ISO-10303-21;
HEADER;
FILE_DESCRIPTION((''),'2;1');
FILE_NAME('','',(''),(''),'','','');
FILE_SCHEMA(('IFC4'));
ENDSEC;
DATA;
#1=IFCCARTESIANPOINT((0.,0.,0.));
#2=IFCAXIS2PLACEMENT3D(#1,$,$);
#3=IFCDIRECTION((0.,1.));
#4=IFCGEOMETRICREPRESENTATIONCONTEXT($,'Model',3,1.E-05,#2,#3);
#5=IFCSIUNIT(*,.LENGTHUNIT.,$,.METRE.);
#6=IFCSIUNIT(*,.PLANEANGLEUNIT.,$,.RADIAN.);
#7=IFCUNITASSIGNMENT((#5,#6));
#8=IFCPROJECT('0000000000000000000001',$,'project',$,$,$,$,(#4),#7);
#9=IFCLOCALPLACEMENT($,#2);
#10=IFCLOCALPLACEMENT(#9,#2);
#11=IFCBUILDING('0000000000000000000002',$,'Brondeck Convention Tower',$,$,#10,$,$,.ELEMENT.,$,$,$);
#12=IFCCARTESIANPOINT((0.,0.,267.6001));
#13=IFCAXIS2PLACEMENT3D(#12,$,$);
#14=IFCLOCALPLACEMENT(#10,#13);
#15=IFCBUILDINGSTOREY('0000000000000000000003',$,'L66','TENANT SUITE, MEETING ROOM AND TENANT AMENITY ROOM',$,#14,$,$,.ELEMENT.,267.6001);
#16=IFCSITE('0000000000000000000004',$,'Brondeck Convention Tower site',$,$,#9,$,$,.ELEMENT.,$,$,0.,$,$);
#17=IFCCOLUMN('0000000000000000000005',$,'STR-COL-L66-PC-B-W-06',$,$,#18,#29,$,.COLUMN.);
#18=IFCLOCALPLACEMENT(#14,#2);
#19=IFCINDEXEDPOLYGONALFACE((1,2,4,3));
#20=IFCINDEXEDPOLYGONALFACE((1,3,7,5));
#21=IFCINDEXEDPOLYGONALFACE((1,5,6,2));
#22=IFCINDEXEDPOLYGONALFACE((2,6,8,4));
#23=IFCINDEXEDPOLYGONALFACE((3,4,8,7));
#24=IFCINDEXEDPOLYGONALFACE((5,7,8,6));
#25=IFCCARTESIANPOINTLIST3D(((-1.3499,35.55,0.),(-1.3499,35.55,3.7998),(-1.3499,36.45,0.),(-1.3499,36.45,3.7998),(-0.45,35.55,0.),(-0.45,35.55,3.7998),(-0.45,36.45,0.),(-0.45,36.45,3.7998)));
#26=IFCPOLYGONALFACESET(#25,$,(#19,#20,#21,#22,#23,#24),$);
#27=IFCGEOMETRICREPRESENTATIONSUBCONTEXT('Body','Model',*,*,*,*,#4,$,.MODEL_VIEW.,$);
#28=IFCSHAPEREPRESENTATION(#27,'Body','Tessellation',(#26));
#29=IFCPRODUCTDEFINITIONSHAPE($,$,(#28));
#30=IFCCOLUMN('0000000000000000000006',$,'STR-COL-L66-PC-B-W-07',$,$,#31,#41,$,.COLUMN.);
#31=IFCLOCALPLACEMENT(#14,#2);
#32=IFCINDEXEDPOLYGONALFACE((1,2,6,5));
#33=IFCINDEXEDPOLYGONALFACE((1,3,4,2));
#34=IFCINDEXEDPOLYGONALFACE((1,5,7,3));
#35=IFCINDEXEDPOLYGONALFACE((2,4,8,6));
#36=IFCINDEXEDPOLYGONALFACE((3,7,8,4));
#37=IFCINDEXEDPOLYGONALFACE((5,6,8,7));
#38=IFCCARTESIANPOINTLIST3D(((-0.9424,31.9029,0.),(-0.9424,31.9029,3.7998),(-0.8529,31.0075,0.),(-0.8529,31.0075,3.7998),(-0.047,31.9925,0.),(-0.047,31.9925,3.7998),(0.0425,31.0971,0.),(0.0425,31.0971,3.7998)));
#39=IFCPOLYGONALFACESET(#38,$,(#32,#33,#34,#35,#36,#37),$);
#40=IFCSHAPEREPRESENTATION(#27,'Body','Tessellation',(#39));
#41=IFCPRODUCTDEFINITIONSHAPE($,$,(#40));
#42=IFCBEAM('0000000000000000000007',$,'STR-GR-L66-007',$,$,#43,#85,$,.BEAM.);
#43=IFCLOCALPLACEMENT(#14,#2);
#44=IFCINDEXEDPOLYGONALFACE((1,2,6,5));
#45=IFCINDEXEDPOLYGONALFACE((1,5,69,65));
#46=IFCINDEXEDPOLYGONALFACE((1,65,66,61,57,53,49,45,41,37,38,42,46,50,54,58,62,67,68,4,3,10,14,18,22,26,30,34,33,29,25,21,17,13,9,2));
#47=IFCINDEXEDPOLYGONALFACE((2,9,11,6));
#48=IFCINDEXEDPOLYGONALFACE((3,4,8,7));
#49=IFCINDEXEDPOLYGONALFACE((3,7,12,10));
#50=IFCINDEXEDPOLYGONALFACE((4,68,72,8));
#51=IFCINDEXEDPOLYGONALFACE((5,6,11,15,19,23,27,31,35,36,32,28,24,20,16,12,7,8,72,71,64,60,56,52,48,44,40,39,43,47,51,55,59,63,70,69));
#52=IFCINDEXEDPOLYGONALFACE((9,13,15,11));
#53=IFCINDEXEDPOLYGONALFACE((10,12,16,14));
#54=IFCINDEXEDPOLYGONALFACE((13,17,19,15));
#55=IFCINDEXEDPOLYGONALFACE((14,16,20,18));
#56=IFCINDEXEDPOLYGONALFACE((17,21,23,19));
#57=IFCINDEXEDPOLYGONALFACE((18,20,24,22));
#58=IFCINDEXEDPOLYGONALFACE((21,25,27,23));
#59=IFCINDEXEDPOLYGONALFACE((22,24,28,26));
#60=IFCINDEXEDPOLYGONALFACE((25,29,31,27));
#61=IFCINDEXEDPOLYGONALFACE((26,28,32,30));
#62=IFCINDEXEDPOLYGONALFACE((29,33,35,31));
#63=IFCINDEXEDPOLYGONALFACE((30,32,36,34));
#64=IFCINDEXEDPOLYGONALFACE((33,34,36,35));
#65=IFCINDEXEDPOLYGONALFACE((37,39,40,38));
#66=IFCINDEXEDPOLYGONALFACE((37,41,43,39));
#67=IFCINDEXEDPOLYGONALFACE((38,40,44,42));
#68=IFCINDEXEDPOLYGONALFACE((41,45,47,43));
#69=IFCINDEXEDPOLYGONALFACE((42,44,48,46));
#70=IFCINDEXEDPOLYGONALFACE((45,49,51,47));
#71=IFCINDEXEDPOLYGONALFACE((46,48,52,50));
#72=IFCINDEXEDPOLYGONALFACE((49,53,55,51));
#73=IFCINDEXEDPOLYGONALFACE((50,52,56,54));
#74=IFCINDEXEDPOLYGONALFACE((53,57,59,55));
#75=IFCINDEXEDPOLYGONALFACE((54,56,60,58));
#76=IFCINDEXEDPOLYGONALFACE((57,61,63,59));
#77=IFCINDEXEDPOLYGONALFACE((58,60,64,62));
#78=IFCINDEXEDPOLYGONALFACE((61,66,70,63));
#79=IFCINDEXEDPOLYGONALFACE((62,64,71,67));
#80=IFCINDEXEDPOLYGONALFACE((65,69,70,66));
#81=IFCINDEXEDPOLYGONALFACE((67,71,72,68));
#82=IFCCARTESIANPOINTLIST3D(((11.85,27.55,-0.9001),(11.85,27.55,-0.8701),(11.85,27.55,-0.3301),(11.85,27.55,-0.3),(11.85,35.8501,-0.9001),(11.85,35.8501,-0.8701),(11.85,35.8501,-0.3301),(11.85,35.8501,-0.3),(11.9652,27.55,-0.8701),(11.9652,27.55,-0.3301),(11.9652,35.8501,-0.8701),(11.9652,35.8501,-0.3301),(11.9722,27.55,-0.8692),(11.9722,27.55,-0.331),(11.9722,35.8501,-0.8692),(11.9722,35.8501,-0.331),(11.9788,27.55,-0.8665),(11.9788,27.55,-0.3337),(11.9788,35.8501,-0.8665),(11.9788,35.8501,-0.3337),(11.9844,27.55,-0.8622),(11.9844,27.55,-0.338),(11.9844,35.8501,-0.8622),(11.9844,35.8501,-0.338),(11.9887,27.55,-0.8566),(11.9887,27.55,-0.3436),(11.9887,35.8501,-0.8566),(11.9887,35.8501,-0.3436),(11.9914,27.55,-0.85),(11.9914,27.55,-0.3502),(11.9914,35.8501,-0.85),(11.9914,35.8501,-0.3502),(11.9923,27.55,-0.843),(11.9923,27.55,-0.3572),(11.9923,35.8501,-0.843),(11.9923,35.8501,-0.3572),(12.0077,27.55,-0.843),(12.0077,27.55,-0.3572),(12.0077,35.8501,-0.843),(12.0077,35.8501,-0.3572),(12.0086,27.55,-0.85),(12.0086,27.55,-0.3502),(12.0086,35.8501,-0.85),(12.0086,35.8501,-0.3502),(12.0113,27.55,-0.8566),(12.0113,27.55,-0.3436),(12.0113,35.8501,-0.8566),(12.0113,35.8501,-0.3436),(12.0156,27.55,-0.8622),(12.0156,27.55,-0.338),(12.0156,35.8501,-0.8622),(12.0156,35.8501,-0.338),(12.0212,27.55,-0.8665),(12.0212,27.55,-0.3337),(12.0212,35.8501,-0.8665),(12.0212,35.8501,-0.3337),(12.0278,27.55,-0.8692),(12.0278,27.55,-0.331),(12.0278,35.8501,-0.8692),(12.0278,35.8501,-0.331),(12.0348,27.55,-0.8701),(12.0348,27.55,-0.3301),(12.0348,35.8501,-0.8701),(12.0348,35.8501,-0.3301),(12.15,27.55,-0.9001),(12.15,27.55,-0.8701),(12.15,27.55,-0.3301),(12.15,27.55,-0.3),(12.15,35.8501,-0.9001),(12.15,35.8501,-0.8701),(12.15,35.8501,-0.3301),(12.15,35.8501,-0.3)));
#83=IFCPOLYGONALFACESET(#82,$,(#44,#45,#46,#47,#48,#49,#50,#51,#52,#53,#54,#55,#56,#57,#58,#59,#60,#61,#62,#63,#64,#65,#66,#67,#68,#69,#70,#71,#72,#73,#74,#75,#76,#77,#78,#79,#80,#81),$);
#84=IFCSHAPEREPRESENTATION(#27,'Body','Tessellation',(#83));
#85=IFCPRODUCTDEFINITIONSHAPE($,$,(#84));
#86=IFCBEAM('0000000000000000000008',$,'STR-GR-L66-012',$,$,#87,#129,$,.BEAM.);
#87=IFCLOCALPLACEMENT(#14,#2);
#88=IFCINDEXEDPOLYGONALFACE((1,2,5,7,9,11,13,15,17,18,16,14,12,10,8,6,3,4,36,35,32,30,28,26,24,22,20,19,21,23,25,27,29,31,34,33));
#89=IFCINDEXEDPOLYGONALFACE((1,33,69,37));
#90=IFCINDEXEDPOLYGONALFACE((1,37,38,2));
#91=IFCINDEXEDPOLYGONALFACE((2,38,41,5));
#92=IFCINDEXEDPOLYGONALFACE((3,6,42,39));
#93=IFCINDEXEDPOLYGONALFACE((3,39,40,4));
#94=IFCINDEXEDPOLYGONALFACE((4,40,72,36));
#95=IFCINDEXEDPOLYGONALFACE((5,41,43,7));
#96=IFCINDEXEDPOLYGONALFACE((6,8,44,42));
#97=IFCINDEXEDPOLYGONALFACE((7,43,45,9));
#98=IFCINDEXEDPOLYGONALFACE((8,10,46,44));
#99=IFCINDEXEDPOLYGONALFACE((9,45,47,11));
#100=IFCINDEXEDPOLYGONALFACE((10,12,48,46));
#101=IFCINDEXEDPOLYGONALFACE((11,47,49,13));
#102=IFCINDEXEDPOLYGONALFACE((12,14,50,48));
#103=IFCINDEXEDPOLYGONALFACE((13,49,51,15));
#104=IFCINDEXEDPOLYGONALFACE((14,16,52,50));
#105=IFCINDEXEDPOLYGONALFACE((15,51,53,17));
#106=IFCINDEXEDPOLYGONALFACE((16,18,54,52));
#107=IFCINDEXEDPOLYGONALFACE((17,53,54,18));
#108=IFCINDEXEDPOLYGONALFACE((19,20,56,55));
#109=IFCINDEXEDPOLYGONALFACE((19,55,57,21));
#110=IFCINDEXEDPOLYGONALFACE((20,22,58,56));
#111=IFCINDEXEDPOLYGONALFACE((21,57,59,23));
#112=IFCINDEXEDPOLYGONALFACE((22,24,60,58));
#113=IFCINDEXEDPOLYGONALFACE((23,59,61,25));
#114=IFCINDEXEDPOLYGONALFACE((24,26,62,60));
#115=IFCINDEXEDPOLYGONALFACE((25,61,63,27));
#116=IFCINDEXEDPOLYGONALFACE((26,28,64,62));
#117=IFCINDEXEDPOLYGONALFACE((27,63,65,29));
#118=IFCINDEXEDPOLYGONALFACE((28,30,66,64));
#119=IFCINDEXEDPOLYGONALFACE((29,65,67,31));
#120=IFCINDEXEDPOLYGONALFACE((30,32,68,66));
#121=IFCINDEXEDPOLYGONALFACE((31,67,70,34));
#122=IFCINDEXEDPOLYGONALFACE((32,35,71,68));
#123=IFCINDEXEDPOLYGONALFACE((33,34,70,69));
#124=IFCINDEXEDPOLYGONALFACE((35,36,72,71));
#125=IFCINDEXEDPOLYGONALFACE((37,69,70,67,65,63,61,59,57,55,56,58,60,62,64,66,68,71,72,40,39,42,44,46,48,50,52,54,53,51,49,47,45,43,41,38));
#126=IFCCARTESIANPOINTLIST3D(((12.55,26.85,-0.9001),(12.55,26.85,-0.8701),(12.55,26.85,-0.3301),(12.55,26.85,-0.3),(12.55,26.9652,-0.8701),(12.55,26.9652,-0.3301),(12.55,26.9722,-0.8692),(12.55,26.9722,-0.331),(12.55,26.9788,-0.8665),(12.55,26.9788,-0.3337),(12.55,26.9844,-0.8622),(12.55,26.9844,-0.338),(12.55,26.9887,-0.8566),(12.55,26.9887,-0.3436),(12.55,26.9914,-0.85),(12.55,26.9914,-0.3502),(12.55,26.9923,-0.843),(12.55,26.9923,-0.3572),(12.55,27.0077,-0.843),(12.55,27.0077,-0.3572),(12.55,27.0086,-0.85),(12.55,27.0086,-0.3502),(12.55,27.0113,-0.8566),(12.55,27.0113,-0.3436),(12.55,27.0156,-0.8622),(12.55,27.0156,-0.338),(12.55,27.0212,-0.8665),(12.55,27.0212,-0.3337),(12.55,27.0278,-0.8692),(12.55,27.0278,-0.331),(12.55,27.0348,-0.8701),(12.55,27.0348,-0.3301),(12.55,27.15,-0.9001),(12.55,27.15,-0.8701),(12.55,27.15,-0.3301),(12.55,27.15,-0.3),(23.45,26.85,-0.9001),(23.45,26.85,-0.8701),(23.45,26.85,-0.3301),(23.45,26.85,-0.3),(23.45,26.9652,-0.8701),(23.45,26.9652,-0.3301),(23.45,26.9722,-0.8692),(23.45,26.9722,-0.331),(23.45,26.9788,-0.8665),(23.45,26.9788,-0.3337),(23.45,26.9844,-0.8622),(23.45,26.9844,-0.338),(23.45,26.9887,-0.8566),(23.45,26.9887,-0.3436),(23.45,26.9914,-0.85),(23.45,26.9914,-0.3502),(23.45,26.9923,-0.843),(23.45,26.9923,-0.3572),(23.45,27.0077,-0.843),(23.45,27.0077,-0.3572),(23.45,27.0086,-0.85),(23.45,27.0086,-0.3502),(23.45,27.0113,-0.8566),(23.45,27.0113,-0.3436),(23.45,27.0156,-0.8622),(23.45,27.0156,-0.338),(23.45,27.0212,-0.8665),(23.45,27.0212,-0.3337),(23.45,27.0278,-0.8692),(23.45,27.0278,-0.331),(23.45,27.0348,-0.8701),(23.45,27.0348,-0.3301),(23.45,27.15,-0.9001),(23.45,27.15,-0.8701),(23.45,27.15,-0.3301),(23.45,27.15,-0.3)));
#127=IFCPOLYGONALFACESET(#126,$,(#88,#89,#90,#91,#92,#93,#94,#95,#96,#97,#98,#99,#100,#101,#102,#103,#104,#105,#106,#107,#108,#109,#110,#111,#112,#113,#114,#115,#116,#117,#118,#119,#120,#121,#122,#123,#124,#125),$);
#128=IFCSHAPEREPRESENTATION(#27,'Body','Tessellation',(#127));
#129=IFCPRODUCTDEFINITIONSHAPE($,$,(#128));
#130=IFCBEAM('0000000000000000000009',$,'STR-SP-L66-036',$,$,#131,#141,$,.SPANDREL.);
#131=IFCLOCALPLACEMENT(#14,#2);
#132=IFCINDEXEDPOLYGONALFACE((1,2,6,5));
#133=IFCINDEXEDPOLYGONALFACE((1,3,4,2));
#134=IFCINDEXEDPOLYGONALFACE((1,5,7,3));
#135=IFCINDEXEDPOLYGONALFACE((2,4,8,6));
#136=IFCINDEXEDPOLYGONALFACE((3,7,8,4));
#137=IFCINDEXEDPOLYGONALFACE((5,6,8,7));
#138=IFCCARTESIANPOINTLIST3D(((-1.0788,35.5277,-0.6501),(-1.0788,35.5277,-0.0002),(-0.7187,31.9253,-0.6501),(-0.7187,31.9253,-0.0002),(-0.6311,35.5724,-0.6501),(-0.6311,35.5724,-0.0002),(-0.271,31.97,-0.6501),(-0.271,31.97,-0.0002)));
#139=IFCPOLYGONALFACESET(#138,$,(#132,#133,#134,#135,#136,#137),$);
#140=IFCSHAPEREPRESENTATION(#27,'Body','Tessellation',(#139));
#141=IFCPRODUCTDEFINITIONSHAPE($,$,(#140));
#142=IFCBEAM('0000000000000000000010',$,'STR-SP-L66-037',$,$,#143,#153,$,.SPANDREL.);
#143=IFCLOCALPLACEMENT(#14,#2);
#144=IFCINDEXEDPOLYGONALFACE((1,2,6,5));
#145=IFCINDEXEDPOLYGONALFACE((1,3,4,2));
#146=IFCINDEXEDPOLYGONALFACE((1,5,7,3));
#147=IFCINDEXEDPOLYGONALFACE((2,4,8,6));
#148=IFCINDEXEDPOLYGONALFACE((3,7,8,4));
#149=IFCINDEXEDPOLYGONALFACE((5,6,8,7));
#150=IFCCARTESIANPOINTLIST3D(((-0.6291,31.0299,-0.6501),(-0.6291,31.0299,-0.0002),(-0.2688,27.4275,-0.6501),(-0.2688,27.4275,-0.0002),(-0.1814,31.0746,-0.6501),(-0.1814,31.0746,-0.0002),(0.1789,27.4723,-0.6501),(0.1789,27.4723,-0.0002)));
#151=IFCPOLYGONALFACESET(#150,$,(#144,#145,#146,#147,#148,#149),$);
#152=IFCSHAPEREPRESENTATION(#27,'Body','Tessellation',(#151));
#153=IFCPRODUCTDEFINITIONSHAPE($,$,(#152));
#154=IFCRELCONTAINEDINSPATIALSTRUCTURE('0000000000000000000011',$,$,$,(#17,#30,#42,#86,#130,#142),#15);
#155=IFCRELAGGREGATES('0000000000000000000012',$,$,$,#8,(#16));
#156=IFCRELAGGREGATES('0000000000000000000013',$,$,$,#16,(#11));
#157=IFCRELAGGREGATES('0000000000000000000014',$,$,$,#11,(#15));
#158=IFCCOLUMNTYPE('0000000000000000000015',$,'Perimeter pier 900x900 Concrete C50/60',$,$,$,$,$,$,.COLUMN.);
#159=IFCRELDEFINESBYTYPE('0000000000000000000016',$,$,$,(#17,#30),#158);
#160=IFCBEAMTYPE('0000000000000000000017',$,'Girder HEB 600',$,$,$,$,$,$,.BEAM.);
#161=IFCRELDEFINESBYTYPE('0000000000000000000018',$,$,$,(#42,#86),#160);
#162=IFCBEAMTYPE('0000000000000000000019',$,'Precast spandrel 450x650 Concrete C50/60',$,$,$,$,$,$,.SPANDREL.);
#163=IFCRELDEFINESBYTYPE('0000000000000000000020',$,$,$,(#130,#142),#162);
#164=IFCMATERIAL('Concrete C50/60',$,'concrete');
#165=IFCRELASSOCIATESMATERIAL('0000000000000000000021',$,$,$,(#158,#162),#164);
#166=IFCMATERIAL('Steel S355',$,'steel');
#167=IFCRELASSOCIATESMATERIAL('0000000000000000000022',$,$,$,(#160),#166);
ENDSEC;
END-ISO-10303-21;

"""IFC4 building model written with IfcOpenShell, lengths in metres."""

from ifc_helpers import new_model, si_unit, direction, frame, origin, origin_2d, place, context, subcontext, project, spatial, rectangle, i_section, extrude, material, material_profile, profile_set, type_object, element, save


model = new_model("IFC4")

# Units and contexts
model_context = context("Model", 3, precision=1e-05, world=origin(), true_north=direction((0.0, 1.0)))
body_context = subcontext(model_context, "Body", "Model", "MODEL_VIEW")
ifc_project = project(units=[si_unit("LENGTHUNIT", "METRE"), si_unit("PLANEANGLEUNIT", "RADIAN")], contexts=[model_context])

# Site, building, storey
site_placement = place(None, origin())
site = spatial("IfcSite", under=ifc_project, at=site_placement, Name="Brondeck Convention Tower site", CompositionType="ELEMENT", RefElevation=0.0)
building_placement = place(site_placement, origin())
building = spatial("IfcBuilding", under=site, at=building_placement, Name="Brondeck Convention Tower", CompositionType="ELEMENT")
storey_placement = place(building_placement, frame((0.0, 0.0, 267.6001)))
storey = spatial("IfcBuildingStorey", under=building, at=storey_placement, Name="L66", Description="TENANT SUITE, MEETING ROOM AND TENANT AMENITY ROOM", CompositionType="ELEMENT", Elevation=267.6001)

# Columns
ifc_material_1 = material(Name="Concrete C50/60", Category="concrete")
ifc_material_profile_1 = material_profile(ifc_material_1, rectangle(XDim=0.8999, YDim=0.8999, at=origin_2d()), Name="Perimeter pier 900x900 Concrete C50/60")
ifc_profile_set_1 = profile_set([ifc_material_profile_1], Name="Concrete C50/60")
column_type = type_object("IfcColumnType", Name="Perimeter pier 900x900 Concrete C50/60", PredefinedType="COLUMN", material=ifc_profile_set_1)
for number, where, z_axis, x_axis, name in (
    (1, (-0.8999, 36.0, 0.0), (0.0, 0.0, 1.0), (0.0, -1.0, 0.0), "STR-COL-L66-PC-B-W-06"),
    (2, (-0.45, 31.5, 0.0), (0.0, 0.0, 1.0), (0.099504, -0.995037, 0.0), "STR-COL-L66-PC-B-W-07"),
):
    element("IfcColumn", number, at=place(storey_placement, frame(where, z_axis=z_axis, x_axis=x_axis)), inside=storey, type_object=column_type, Name=name, PredefinedType="COLUMN", context=body_context, shape_type="SweptSolid", body=[
        extrude(rectangle(XDim=0.8999, YDim=0.8999, at=origin_2d()), origin(), (0.0, 0.0, 1.0), 3.7998),
    ])

# Beams
ifc_material_2 = material(Name="Steel S355", Category="steel")
ifc_material_profile_2 = material_profile(ifc_material_2, i_section(OverallWidth=0.3, OverallDepth=0.6001, WebThickness=0.0154, FlangeThickness=0.03, FilletRadius=0.0271, at=origin_2d()), Name="HEB 600")
ifc_profile_set_2 = profile_set([ifc_material_profile_2], Name="Steel S355")
beam_type_1 = type_object("IfcBeamType", Name="Girder HEB 600", PredefinedType="BEAM", material=ifc_profile_set_2)
beam_1_placement = place(storey_placement, frame((12.0, 35.8501, -0.6001), z_axis=(0.0, -1.0, 0.0), x_axis=(1.0, 0.0, 0.0)))
element("IfcBeam", 3, at=beam_1_placement, inside=storey, type_object=beam_type_1, Name="STR-GR-L66-007", PredefinedType="BEAM", context=body_context, shape_type="SweptSolid", body=[
    extrude(i_section(OverallWidth=0.3, OverallDepth=0.6001, WebThickness=0.0154, FlangeThickness=0.03, FilletRadius=0.0271, at=origin_2d()), origin(), (0.0, 0.0, 1.0), 8.3),
])
beam_2_placement = place(storey_placement, frame((12.55, 27.0, -0.6001), z_axis=(1.0, 0.0, 0.0), x_axis=(0.0, 1.0, 0.0)))
element("IfcBeam", 4, at=beam_2_placement, inside=storey, type_object=beam_type_1, Name="STR-GR-L66-012", PredefinedType="BEAM", context=body_context, shape_type="SweptSolid", body=[
    extrude(i_section(OverallWidth=0.3, OverallDepth=0.6001, WebThickness=0.0154, FlangeThickness=0.03, FilletRadius=0.0271, at=origin_2d()), origin(), (0.0, 0.0, 1.0), 10.8999),
])
ifc_material_profile_3 = material_profile(ifc_material_1, rectangle(XDim=0.45, YDim=0.6499, at=origin_2d()), Name="Precast spandrel 450x650 Concrete C50/60")
ifc_profile_set_3 = profile_set([ifc_material_profile_3], Name="Concrete C50/60")
beam_type_2 = type_object("IfcBeamType", Name="Precast spandrel 450x650 Concrete C50/60", PredefinedType="SPANDREL", material=ifc_profile_set_3)
for number, where, z_axis, x_axis, name in (
    (5, (-0.855, 35.55, -0.3252), (0.09947, -0.995041, 0.0), (0.995041, 0.09947, 0.0), "STR-SP-L66-036"),
    (6, (-0.4053, 31.0522, -0.3252), (0.099537, -0.995034, 0.0), (0.995034, 0.099537, 0.0), "STR-SP-L66-037"),
):
    element("IfcBeam", number, at=place(storey_placement, frame(where, z_axis=z_axis, x_axis=x_axis)), inside=storey, type_object=beam_type_2, Name=name, PredefinedType="SPANDREL", context=body_context, shape_type="SweptSolid", body=[
        extrude(rectangle(XDim=0.45, YDim=0.6499, at=origin_2d()), origin(), (0.0, 0.0, 1.0), 3.6204),
    ])

save(model, "model.ifc")
